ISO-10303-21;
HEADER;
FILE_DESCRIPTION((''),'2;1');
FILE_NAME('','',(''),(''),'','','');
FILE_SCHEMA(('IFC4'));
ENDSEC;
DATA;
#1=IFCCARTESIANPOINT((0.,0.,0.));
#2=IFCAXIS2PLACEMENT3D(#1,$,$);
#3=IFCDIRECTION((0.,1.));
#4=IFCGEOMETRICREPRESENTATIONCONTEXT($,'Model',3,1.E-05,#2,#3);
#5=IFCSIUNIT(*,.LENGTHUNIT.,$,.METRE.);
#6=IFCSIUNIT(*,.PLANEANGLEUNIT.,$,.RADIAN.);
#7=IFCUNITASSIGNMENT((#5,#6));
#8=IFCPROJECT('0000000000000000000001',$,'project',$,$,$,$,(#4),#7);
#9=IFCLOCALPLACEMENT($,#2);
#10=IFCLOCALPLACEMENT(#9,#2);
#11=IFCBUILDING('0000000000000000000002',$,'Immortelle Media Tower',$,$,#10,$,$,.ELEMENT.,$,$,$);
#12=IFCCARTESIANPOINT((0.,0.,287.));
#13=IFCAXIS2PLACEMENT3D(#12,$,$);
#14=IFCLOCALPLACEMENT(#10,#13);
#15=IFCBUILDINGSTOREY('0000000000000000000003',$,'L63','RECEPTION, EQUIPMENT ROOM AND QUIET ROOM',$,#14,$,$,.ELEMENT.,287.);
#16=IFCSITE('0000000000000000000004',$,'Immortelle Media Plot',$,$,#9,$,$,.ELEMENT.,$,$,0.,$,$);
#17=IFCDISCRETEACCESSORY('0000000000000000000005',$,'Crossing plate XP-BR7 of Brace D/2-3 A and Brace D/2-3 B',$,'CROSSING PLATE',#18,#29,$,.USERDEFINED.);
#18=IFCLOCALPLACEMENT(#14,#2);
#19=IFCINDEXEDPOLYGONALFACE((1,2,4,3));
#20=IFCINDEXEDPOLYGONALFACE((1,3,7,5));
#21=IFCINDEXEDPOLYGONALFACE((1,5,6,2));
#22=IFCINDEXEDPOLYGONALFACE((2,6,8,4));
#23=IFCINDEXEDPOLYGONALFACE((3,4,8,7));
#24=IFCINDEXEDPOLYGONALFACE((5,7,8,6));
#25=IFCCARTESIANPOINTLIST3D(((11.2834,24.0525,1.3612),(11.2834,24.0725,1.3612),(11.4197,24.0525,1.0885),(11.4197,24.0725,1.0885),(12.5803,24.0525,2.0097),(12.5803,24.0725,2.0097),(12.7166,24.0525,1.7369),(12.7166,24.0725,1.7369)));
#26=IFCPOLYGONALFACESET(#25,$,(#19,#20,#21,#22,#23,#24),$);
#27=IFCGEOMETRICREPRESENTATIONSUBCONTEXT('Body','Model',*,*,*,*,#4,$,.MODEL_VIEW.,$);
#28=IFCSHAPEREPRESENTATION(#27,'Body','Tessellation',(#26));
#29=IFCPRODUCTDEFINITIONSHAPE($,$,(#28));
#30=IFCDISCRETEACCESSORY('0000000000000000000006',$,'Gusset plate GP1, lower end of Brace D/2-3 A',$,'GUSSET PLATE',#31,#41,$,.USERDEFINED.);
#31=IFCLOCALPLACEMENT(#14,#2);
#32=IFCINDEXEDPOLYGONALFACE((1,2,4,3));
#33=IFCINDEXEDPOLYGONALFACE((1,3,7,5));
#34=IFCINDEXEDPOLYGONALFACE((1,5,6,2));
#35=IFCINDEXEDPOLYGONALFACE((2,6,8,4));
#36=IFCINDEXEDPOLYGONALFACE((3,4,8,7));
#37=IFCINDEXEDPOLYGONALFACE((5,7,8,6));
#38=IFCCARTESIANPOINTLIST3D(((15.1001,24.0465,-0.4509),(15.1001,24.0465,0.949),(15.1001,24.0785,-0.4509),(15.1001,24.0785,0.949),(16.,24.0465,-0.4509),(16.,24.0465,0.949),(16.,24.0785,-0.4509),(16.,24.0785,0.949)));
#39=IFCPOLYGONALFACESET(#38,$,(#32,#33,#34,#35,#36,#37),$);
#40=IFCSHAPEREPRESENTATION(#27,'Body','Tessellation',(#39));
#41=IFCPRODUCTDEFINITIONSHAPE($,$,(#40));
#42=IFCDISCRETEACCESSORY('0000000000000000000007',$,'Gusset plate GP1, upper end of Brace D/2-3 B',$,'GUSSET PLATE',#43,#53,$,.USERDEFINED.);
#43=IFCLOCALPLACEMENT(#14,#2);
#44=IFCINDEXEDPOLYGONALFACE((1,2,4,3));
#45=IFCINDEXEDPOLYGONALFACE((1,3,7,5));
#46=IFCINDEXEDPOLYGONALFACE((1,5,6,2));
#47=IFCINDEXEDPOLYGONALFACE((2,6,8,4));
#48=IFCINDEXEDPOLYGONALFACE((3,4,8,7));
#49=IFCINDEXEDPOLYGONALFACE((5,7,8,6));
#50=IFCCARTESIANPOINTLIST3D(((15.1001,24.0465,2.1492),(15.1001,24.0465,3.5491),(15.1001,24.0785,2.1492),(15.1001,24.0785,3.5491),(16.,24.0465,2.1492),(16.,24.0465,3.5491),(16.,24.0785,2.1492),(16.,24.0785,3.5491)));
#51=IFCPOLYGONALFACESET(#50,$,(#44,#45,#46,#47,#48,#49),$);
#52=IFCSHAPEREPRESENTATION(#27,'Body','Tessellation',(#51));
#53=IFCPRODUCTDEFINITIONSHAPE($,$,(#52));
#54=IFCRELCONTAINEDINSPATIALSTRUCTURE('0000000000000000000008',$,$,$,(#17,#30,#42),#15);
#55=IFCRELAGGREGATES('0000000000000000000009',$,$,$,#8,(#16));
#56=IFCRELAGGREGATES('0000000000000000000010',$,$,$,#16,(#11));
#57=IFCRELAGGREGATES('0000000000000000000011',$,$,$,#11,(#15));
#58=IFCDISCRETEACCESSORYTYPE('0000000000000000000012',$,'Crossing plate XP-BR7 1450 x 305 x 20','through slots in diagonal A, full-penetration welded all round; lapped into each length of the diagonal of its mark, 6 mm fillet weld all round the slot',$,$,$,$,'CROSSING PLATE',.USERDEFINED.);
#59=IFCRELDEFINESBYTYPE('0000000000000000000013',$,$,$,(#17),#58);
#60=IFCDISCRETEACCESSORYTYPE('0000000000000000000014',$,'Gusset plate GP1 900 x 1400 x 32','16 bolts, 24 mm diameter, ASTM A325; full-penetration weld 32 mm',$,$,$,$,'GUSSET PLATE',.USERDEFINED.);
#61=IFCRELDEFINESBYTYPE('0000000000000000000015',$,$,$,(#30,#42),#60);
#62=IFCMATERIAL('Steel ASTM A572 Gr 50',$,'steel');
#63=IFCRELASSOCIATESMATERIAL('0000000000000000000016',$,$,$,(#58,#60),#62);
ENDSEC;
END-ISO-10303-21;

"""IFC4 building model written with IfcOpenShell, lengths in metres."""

from ifc_helpers import new_model, si_unit, direction, frame, origin, origin_2d, place, context, subcontext, project, spatial, rectangle, extrude, material, material_profile, profile_set, type_object, element, save


model = new_model("IFC4")

# Units and contexts
model_context = context("Model", 3, precision=1e-05, world=origin(), true_north=direction((0.0, 1.0)))
body_context = subcontext(model_context, "Body", "Model", "MODEL_VIEW")
ifc_project = project(units=[si_unit("LENGTHUNIT", "METRE"), si_unit("PLANEANGLEUNIT", "RADIAN")], contexts=[model_context])

# Site, building, storey
site_placement = place(None, origin())
site = spatial("IfcSite", under=ifc_project, at=site_placement, Name="Immortelle Media Plot", CompositionType="ELEMENT", RefElevation=0.0)
building_placement = place(site_placement, origin())
building = spatial("IfcBuilding", under=site, at=building_placement, Name="Immortelle Media Tower", CompositionType="ELEMENT")
storey_placement = place(building_placement, frame((0.0, 0.0, 287.0)))
storey = spatial("IfcBuildingStorey", under=building, at=storey_placement, Name="L63", Description="RECEPTION, EQUIPMENT ROOM AND QUIET ROOM", CompositionType="ELEMENT", Elevation=287.0)

# Discrete accessories
ifc_material_1 = material(Name="Steel ASTM A572 Gr 50", Category="steel")
ifc_material_profile_1 = material_profile(ifc_material_1, rectangle(XDim=0.02, YDim=0.3049, at=origin_2d()), Name="PL 20 x 305")
ifc_profile_set_1 = profile_set([ifc_material_profile_1], Name="Steel ASTM A572 Gr 50")
discrete_accessory_type_1 = type_object("IfcDiscreteAccessoryType", Name="Crossing plate XP-BR7 1450 x 305 x 20", Description="through slots in diagonal A, full-penetration welded all round; lapped into each length of the diagonal of its mark, 6 mm fillet weld all round the slot", ElementType="CROSSING PLATE", PredefinedType="USERDEFINED", material=ifc_profile_set_1)
discrete_accessory_placement = place(storey_placement, frame((12.6484, 24.0625, 1.8733), z_axis=(-0.894427, 0.0, -0.447214), x_axis=(0.0, -1.0, 0.0)))
element("IfcDiscreteAccessory", 1, at=discrete_accessory_placement, inside=storey, type_object=discrete_accessory_type_1, Name="Crossing plate XP-BR7 of Brace D/2-3 A and Brace D/2-3 B", ObjectType="CROSSING PLATE", PredefinedType="USERDEFINED", context=body_context, shape_type="SweptSolid", body=[
    extrude(rectangle(XDim=0.02, YDim=0.3049, at=origin_2d()), origin(), (0.0, 0.0, 1.0), 1.45),
])
ifc_material_profile_2 = material_profile(ifc_material_1, rectangle(XDim=0.032, YDim=1.3999, at=origin_2d()), Name="PL 32 x 1400")
ifc_profile_set_2 = profile_set([ifc_material_profile_2], Name="Steel ASTM A572 Gr 50")
discrete_accessory_type_2 = type_object("IfcDiscreteAccessoryType", Name="Gusset plate GP1 900 x 1400 x 32", Description="16 bolts, 24 mm diameter, ASTM A325; full-penetration weld 32 mm", ElementType="GUSSET PLATE", PredefinedType="USERDEFINED", material=ifc_profile_set_2)
for number, where, z_axis, x_axis, name in (
    (2, (16.0, 24.0625, 0.249), (-1.0, 0.0, 0.0), (0.0, -1.0, 0.0), "Gusset plate GP1, lower end of Brace D/2-3 A"),
    (3, (16.0, 24.0625, 2.8491), (-1.0, 0.0, 0.0), (0.0, -1.0, 0.0), "Gusset plate GP1, upper end of Brace D/2-3 B"),
):
    element("IfcDiscreteAccessory", number, at=place(storey_placement, frame(where, z_axis=z_axis, x_axis=x_axis)), inside=storey, type_object=discrete_accessory_type_2, Name=name, ObjectType="GUSSET PLATE", PredefinedType="USERDEFINED", context=body_context, shape_type="SweptSolid", body=[
        extrude(rectangle(XDim=0.032, YDim=1.3999, at=origin_2d()), origin(), (0.0, 0.0, 1.0), 0.8999),
    ])

save(model, "model.ifc")
